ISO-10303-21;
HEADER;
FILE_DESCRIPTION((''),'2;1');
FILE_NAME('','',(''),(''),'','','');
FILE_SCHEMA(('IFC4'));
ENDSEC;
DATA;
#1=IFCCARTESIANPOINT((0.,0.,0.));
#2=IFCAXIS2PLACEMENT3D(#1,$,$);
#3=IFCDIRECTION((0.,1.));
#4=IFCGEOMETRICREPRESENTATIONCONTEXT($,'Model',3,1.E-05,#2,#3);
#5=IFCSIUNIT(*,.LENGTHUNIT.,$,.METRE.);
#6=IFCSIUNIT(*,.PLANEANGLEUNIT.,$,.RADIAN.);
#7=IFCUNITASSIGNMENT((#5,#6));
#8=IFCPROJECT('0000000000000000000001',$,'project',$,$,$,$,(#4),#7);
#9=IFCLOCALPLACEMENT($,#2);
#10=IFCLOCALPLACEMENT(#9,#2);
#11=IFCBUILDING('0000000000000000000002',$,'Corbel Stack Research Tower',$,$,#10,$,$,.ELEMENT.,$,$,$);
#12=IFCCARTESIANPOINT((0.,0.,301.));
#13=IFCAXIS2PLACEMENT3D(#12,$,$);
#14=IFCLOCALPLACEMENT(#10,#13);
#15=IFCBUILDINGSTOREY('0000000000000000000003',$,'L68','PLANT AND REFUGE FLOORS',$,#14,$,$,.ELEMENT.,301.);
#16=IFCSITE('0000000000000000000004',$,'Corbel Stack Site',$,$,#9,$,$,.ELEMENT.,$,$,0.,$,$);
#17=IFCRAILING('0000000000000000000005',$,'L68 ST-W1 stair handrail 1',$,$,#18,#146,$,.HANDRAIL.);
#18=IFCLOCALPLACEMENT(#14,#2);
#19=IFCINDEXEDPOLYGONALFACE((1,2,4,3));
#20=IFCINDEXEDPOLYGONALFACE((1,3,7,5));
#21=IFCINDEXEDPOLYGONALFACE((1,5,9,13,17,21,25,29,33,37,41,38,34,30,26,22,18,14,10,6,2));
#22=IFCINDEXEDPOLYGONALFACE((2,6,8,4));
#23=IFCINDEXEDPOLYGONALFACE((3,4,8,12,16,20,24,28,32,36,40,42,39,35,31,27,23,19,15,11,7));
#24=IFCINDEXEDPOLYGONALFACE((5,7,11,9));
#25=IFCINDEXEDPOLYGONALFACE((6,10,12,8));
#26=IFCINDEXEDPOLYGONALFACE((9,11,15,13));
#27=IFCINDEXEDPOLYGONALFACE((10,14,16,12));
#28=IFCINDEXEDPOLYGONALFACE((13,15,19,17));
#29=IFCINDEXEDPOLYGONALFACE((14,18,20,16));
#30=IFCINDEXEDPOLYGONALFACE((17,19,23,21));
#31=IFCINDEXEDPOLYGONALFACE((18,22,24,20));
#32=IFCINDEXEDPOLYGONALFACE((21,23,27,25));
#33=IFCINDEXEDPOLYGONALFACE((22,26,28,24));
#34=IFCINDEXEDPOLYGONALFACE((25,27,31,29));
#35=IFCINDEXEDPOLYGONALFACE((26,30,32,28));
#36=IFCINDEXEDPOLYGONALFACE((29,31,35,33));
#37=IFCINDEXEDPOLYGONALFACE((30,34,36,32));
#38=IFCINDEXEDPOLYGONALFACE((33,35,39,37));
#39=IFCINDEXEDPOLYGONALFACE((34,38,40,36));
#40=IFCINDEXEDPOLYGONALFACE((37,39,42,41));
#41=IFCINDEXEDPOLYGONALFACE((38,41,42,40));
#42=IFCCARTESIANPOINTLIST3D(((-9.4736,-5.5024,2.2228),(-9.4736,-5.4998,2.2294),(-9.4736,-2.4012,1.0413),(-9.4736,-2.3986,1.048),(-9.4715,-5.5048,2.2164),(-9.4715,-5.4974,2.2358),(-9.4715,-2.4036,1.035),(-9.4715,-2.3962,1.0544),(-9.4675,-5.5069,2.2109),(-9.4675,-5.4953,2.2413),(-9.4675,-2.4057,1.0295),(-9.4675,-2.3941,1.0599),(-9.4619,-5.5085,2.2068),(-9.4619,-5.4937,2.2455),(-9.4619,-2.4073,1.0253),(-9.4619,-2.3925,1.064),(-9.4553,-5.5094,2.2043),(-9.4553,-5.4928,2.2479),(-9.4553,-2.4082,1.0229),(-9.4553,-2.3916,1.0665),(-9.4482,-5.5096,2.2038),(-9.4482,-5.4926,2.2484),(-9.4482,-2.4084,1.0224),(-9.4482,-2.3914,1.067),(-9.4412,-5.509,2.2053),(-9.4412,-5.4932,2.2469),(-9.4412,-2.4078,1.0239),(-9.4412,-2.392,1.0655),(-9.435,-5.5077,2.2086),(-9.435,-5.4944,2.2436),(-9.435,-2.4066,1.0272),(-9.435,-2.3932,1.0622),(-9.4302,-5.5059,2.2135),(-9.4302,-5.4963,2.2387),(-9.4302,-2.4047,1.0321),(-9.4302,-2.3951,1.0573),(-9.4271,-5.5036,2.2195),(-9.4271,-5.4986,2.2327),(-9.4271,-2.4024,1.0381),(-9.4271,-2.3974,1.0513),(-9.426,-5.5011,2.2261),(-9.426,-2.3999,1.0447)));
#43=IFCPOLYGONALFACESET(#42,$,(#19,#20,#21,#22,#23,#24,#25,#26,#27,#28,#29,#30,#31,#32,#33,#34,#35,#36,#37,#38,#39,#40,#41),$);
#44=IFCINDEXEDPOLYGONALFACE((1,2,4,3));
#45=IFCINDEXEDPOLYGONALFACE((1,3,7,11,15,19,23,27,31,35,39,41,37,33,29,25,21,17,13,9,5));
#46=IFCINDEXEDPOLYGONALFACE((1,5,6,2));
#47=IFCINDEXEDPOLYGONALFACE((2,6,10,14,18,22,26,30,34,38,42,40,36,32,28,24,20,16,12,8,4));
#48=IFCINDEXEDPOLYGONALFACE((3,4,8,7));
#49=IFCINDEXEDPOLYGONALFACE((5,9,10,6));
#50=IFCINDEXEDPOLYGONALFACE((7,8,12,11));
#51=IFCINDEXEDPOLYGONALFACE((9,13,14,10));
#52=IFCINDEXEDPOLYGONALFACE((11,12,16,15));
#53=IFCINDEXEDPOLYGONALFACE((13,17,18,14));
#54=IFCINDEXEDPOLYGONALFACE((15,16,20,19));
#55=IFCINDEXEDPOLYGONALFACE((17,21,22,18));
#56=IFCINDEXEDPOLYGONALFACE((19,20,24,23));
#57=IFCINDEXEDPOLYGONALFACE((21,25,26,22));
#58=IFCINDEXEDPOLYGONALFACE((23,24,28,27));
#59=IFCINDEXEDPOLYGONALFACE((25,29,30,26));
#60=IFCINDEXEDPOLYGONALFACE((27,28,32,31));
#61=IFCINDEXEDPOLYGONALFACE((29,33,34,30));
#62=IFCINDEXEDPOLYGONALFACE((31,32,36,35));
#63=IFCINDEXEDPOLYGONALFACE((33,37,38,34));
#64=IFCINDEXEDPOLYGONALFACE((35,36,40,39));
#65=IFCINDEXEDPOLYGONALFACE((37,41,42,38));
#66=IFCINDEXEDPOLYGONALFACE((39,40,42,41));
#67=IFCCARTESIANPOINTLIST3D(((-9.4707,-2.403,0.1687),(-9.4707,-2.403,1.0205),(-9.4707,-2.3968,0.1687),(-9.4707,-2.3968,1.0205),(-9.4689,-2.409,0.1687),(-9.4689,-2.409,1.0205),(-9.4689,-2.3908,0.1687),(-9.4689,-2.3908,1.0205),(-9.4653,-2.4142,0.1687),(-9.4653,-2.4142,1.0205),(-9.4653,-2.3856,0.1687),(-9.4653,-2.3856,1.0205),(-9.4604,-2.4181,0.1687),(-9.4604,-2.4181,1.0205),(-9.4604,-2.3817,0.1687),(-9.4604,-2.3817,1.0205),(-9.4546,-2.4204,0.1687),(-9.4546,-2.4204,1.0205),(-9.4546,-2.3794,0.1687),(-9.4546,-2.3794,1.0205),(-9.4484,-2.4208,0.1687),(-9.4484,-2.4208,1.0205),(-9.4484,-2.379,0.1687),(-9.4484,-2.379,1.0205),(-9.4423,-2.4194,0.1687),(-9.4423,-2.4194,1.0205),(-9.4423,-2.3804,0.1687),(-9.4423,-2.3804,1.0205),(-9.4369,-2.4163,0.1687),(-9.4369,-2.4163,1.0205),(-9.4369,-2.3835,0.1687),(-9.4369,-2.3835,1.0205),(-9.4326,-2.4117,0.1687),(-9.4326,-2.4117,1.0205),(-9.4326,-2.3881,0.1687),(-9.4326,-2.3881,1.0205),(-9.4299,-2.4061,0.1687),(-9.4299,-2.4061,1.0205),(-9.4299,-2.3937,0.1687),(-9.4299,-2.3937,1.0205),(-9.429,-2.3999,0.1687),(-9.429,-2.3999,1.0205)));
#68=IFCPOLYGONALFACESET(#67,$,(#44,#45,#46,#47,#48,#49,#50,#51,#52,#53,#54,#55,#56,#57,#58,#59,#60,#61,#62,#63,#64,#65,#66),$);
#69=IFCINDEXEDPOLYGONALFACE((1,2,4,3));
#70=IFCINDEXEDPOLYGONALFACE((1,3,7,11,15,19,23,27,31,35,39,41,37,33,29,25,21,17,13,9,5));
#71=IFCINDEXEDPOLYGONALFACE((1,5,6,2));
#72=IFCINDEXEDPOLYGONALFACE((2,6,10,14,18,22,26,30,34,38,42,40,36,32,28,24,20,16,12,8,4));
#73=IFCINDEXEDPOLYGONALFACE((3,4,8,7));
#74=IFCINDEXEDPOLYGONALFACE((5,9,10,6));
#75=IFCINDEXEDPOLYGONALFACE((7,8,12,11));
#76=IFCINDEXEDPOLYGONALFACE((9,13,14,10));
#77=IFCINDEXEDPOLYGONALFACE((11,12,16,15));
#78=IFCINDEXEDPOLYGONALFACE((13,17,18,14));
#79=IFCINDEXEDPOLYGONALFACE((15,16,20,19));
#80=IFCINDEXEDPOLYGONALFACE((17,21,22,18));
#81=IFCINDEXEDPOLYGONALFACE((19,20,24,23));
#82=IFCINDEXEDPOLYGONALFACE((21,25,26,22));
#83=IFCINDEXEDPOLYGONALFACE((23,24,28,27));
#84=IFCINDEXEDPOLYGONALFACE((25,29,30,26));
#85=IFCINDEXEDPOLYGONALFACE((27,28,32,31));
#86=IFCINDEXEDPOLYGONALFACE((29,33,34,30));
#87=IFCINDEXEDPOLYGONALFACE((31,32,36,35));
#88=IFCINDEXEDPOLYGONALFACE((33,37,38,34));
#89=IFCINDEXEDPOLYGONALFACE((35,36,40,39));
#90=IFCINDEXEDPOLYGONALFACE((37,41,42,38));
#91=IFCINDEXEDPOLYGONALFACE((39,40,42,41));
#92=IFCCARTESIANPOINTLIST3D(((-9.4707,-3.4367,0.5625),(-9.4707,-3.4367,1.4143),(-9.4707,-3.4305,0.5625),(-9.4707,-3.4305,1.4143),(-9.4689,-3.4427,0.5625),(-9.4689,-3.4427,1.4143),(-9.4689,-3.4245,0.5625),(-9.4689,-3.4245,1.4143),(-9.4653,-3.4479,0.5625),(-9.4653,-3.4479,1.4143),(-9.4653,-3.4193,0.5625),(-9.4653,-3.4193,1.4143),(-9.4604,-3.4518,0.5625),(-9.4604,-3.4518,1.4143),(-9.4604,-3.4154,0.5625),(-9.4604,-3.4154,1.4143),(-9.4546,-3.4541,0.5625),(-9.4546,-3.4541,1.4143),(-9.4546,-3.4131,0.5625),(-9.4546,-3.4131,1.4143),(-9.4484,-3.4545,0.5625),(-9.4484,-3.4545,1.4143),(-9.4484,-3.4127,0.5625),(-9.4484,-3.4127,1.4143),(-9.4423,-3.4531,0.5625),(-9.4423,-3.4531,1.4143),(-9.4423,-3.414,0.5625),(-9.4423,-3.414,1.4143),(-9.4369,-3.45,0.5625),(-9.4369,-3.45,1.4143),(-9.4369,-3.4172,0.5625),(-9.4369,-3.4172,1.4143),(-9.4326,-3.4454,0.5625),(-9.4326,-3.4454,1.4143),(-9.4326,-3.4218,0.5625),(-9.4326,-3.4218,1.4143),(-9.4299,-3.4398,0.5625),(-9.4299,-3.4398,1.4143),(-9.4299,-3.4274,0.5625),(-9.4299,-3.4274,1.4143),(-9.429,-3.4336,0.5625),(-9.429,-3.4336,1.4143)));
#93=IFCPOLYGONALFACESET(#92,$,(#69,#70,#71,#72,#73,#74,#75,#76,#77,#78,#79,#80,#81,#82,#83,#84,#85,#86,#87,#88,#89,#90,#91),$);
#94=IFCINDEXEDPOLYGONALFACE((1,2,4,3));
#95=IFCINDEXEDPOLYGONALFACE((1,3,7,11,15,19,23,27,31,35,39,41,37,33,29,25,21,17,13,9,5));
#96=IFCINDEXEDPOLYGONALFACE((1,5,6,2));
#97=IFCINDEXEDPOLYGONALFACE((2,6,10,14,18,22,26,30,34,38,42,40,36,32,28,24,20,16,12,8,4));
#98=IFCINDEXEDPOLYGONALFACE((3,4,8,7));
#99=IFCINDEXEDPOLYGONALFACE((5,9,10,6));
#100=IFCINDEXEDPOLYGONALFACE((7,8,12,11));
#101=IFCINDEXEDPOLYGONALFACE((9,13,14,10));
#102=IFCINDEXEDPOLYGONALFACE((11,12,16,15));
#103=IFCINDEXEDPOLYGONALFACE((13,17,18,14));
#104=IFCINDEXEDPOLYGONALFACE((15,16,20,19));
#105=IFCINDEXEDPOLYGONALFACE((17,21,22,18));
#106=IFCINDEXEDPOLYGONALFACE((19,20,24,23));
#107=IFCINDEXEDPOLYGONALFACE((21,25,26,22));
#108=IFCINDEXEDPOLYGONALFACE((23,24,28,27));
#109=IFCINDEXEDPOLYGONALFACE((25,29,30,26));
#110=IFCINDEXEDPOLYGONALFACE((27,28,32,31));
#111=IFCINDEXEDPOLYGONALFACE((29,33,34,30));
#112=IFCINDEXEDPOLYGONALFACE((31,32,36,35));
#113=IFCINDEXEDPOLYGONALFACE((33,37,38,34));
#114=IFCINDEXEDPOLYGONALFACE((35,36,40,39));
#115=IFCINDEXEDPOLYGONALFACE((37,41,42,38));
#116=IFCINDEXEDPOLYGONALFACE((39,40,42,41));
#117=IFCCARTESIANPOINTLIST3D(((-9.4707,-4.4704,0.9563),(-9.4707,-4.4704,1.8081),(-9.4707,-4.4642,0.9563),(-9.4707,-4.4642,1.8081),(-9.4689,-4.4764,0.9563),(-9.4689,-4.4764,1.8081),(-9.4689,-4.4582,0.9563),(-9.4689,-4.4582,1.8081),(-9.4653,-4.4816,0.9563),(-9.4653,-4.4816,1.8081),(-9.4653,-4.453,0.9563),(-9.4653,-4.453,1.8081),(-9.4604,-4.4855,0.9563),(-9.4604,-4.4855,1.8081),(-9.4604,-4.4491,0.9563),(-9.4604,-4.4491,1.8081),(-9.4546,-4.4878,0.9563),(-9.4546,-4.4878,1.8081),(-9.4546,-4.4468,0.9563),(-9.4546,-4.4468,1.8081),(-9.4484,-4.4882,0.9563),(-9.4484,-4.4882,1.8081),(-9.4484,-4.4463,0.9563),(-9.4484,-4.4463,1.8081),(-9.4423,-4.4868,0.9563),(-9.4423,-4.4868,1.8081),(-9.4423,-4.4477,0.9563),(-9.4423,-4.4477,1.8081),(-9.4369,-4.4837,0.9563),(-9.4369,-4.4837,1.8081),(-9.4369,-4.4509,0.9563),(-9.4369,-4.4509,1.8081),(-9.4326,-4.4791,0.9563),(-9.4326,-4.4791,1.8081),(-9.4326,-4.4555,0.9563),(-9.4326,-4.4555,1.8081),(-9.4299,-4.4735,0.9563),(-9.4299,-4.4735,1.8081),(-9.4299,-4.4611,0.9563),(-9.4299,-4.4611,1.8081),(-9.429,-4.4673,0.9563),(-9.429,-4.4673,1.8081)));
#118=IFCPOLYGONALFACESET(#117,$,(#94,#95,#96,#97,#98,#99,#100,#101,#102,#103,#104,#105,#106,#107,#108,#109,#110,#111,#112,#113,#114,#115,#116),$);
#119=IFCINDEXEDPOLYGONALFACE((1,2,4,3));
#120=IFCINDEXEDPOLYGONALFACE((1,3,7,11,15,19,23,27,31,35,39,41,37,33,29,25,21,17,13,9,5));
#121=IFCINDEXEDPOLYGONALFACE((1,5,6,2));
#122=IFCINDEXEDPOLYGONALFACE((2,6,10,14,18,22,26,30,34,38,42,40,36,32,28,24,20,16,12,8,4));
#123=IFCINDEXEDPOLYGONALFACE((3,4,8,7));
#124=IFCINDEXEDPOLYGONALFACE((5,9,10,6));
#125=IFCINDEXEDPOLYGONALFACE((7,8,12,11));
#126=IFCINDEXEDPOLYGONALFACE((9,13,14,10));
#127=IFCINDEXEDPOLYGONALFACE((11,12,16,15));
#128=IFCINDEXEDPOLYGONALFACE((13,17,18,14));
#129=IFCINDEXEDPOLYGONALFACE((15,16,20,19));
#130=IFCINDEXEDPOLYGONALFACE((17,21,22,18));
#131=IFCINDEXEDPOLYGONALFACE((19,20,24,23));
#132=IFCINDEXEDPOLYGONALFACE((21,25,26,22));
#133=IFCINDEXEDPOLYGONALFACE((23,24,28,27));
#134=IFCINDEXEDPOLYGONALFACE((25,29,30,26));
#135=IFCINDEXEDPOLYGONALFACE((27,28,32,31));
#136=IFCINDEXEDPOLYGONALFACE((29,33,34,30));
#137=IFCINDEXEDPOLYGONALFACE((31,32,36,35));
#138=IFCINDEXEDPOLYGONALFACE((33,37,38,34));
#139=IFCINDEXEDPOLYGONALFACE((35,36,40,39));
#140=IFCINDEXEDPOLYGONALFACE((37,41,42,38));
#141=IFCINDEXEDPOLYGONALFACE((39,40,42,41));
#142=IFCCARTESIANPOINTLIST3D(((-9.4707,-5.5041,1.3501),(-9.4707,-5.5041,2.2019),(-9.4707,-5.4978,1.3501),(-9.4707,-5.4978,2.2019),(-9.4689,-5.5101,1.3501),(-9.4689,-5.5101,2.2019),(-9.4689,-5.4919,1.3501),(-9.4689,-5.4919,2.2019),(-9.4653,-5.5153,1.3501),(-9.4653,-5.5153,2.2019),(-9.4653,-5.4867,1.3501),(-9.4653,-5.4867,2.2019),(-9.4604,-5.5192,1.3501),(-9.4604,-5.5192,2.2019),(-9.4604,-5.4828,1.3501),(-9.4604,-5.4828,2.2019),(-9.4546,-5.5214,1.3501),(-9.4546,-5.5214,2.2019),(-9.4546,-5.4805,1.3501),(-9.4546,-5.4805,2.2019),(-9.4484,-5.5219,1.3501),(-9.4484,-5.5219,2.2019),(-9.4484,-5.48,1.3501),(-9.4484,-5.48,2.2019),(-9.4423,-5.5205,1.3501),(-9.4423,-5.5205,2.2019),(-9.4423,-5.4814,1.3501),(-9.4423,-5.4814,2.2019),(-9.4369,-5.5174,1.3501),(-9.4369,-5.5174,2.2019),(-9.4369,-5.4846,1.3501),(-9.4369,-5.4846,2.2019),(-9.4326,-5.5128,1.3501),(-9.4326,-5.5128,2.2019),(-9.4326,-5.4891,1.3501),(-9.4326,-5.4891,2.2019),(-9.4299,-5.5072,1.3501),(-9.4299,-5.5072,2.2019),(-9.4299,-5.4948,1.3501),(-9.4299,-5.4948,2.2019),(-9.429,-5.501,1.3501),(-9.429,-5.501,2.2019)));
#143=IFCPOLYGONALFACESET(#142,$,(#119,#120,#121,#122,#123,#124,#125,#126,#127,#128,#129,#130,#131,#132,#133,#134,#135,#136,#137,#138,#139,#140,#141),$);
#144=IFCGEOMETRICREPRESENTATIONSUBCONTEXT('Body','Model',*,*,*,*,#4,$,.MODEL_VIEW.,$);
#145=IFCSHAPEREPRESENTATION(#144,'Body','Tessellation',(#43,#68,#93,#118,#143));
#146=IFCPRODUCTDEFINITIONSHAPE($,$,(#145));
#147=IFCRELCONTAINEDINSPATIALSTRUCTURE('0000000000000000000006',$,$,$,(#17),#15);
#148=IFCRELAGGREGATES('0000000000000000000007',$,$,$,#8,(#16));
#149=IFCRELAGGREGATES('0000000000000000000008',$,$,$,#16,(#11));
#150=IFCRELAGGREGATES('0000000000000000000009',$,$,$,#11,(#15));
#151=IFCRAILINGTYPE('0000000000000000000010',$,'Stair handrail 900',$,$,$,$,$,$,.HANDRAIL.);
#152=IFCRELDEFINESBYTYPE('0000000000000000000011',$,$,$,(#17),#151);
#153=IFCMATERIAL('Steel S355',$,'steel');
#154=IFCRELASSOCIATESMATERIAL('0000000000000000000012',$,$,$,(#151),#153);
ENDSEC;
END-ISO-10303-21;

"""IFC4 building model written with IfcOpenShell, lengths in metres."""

from ifc_helpers import new_model, si_unit, direction, frame, origin, origin_2d, place, context, subcontext, project, spatial, circle, extrude, material, type_object, element, save


model = new_model("IFC4")

# Units and contexts
model_context = context("Model", 3, precision=1e-05, world=origin(), true_north=direction((0.0, 1.0)))
body_context = subcontext(model_context, "Body", "Model", "MODEL_VIEW")
ifc_project = project(units=[si_unit("LENGTHUNIT", "METRE"), si_unit("PLANEANGLEUNIT", "RADIAN")], contexts=[model_context])

# Site, building, storey
site_placement = place(None, origin())
site = spatial("IfcSite", under=ifc_project, at=site_placement, Name="Corbel Stack Site", CompositionType="ELEMENT", RefElevation=0.0)
building_placement = place(site_placement, origin())
building = spatial("IfcBuilding", under=site, at=building_placement, Name="Corbel Stack Research Tower", CompositionType="ELEMENT")
storey_placement = place(building_placement, frame((0.0, 0.0, 301.0)))
storey = spatial("IfcBuildingStorey", under=building, at=storey_placement, Name="L68", Description="PLANT AND REFUGE FLOORS", CompositionType="ELEMENT", Elevation=301.0)

# Railing
ifc_material_1 = material(Name="Steel S355", Category="steel")
railing_type_1 = type_object("IfcRailingType", Name="Stair handrail 900", PredefinedType="HANDRAIL", material=ifc_material_1)
railing_1_placement = place(storey_placement, frame((-9.45, -2.3999, 0.1687)))
element("IfcRailing", 1, at=railing_1_placement, inside=storey, type_object=railing_type_1, Name="L68 ST-W1 stair handrail 1", PredefinedType="HANDRAIL", context=body_context, shape_type="SweptSolid", body=[
    extrude(circle(Radius=0.0239, at=origin_2d()), frame((0.0, 0.0, 0.876), z_axis=(0.0, -0.934484, 0.356005), x_axis=(1.0, 0.0, 0.0)), (0.0, 0.0, 1.0), 3.3186),
    extrude(circle(Radius=0.021, at=origin_2d()), origin(), (0.0, 0.0, 1.0), 0.8518),
    extrude(circle(Radius=0.021, at=origin_2d()), frame((0.0, -1.0337, 0.3938)), (0.0, 0.0, 1.0), 0.8518),
    extrude(circle(Radius=0.021, at=origin_2d()), frame((0.0, -2.0674, 0.7876)), (0.0, 0.0, 1.0), 0.8518),
    extrude(circle(Radius=0.021, at=origin_2d()), frame((0.0, -3.1011, 1.1814)), (0.0, 0.0, 1.0), 0.8518),
])

save(model, "model.ifc")
